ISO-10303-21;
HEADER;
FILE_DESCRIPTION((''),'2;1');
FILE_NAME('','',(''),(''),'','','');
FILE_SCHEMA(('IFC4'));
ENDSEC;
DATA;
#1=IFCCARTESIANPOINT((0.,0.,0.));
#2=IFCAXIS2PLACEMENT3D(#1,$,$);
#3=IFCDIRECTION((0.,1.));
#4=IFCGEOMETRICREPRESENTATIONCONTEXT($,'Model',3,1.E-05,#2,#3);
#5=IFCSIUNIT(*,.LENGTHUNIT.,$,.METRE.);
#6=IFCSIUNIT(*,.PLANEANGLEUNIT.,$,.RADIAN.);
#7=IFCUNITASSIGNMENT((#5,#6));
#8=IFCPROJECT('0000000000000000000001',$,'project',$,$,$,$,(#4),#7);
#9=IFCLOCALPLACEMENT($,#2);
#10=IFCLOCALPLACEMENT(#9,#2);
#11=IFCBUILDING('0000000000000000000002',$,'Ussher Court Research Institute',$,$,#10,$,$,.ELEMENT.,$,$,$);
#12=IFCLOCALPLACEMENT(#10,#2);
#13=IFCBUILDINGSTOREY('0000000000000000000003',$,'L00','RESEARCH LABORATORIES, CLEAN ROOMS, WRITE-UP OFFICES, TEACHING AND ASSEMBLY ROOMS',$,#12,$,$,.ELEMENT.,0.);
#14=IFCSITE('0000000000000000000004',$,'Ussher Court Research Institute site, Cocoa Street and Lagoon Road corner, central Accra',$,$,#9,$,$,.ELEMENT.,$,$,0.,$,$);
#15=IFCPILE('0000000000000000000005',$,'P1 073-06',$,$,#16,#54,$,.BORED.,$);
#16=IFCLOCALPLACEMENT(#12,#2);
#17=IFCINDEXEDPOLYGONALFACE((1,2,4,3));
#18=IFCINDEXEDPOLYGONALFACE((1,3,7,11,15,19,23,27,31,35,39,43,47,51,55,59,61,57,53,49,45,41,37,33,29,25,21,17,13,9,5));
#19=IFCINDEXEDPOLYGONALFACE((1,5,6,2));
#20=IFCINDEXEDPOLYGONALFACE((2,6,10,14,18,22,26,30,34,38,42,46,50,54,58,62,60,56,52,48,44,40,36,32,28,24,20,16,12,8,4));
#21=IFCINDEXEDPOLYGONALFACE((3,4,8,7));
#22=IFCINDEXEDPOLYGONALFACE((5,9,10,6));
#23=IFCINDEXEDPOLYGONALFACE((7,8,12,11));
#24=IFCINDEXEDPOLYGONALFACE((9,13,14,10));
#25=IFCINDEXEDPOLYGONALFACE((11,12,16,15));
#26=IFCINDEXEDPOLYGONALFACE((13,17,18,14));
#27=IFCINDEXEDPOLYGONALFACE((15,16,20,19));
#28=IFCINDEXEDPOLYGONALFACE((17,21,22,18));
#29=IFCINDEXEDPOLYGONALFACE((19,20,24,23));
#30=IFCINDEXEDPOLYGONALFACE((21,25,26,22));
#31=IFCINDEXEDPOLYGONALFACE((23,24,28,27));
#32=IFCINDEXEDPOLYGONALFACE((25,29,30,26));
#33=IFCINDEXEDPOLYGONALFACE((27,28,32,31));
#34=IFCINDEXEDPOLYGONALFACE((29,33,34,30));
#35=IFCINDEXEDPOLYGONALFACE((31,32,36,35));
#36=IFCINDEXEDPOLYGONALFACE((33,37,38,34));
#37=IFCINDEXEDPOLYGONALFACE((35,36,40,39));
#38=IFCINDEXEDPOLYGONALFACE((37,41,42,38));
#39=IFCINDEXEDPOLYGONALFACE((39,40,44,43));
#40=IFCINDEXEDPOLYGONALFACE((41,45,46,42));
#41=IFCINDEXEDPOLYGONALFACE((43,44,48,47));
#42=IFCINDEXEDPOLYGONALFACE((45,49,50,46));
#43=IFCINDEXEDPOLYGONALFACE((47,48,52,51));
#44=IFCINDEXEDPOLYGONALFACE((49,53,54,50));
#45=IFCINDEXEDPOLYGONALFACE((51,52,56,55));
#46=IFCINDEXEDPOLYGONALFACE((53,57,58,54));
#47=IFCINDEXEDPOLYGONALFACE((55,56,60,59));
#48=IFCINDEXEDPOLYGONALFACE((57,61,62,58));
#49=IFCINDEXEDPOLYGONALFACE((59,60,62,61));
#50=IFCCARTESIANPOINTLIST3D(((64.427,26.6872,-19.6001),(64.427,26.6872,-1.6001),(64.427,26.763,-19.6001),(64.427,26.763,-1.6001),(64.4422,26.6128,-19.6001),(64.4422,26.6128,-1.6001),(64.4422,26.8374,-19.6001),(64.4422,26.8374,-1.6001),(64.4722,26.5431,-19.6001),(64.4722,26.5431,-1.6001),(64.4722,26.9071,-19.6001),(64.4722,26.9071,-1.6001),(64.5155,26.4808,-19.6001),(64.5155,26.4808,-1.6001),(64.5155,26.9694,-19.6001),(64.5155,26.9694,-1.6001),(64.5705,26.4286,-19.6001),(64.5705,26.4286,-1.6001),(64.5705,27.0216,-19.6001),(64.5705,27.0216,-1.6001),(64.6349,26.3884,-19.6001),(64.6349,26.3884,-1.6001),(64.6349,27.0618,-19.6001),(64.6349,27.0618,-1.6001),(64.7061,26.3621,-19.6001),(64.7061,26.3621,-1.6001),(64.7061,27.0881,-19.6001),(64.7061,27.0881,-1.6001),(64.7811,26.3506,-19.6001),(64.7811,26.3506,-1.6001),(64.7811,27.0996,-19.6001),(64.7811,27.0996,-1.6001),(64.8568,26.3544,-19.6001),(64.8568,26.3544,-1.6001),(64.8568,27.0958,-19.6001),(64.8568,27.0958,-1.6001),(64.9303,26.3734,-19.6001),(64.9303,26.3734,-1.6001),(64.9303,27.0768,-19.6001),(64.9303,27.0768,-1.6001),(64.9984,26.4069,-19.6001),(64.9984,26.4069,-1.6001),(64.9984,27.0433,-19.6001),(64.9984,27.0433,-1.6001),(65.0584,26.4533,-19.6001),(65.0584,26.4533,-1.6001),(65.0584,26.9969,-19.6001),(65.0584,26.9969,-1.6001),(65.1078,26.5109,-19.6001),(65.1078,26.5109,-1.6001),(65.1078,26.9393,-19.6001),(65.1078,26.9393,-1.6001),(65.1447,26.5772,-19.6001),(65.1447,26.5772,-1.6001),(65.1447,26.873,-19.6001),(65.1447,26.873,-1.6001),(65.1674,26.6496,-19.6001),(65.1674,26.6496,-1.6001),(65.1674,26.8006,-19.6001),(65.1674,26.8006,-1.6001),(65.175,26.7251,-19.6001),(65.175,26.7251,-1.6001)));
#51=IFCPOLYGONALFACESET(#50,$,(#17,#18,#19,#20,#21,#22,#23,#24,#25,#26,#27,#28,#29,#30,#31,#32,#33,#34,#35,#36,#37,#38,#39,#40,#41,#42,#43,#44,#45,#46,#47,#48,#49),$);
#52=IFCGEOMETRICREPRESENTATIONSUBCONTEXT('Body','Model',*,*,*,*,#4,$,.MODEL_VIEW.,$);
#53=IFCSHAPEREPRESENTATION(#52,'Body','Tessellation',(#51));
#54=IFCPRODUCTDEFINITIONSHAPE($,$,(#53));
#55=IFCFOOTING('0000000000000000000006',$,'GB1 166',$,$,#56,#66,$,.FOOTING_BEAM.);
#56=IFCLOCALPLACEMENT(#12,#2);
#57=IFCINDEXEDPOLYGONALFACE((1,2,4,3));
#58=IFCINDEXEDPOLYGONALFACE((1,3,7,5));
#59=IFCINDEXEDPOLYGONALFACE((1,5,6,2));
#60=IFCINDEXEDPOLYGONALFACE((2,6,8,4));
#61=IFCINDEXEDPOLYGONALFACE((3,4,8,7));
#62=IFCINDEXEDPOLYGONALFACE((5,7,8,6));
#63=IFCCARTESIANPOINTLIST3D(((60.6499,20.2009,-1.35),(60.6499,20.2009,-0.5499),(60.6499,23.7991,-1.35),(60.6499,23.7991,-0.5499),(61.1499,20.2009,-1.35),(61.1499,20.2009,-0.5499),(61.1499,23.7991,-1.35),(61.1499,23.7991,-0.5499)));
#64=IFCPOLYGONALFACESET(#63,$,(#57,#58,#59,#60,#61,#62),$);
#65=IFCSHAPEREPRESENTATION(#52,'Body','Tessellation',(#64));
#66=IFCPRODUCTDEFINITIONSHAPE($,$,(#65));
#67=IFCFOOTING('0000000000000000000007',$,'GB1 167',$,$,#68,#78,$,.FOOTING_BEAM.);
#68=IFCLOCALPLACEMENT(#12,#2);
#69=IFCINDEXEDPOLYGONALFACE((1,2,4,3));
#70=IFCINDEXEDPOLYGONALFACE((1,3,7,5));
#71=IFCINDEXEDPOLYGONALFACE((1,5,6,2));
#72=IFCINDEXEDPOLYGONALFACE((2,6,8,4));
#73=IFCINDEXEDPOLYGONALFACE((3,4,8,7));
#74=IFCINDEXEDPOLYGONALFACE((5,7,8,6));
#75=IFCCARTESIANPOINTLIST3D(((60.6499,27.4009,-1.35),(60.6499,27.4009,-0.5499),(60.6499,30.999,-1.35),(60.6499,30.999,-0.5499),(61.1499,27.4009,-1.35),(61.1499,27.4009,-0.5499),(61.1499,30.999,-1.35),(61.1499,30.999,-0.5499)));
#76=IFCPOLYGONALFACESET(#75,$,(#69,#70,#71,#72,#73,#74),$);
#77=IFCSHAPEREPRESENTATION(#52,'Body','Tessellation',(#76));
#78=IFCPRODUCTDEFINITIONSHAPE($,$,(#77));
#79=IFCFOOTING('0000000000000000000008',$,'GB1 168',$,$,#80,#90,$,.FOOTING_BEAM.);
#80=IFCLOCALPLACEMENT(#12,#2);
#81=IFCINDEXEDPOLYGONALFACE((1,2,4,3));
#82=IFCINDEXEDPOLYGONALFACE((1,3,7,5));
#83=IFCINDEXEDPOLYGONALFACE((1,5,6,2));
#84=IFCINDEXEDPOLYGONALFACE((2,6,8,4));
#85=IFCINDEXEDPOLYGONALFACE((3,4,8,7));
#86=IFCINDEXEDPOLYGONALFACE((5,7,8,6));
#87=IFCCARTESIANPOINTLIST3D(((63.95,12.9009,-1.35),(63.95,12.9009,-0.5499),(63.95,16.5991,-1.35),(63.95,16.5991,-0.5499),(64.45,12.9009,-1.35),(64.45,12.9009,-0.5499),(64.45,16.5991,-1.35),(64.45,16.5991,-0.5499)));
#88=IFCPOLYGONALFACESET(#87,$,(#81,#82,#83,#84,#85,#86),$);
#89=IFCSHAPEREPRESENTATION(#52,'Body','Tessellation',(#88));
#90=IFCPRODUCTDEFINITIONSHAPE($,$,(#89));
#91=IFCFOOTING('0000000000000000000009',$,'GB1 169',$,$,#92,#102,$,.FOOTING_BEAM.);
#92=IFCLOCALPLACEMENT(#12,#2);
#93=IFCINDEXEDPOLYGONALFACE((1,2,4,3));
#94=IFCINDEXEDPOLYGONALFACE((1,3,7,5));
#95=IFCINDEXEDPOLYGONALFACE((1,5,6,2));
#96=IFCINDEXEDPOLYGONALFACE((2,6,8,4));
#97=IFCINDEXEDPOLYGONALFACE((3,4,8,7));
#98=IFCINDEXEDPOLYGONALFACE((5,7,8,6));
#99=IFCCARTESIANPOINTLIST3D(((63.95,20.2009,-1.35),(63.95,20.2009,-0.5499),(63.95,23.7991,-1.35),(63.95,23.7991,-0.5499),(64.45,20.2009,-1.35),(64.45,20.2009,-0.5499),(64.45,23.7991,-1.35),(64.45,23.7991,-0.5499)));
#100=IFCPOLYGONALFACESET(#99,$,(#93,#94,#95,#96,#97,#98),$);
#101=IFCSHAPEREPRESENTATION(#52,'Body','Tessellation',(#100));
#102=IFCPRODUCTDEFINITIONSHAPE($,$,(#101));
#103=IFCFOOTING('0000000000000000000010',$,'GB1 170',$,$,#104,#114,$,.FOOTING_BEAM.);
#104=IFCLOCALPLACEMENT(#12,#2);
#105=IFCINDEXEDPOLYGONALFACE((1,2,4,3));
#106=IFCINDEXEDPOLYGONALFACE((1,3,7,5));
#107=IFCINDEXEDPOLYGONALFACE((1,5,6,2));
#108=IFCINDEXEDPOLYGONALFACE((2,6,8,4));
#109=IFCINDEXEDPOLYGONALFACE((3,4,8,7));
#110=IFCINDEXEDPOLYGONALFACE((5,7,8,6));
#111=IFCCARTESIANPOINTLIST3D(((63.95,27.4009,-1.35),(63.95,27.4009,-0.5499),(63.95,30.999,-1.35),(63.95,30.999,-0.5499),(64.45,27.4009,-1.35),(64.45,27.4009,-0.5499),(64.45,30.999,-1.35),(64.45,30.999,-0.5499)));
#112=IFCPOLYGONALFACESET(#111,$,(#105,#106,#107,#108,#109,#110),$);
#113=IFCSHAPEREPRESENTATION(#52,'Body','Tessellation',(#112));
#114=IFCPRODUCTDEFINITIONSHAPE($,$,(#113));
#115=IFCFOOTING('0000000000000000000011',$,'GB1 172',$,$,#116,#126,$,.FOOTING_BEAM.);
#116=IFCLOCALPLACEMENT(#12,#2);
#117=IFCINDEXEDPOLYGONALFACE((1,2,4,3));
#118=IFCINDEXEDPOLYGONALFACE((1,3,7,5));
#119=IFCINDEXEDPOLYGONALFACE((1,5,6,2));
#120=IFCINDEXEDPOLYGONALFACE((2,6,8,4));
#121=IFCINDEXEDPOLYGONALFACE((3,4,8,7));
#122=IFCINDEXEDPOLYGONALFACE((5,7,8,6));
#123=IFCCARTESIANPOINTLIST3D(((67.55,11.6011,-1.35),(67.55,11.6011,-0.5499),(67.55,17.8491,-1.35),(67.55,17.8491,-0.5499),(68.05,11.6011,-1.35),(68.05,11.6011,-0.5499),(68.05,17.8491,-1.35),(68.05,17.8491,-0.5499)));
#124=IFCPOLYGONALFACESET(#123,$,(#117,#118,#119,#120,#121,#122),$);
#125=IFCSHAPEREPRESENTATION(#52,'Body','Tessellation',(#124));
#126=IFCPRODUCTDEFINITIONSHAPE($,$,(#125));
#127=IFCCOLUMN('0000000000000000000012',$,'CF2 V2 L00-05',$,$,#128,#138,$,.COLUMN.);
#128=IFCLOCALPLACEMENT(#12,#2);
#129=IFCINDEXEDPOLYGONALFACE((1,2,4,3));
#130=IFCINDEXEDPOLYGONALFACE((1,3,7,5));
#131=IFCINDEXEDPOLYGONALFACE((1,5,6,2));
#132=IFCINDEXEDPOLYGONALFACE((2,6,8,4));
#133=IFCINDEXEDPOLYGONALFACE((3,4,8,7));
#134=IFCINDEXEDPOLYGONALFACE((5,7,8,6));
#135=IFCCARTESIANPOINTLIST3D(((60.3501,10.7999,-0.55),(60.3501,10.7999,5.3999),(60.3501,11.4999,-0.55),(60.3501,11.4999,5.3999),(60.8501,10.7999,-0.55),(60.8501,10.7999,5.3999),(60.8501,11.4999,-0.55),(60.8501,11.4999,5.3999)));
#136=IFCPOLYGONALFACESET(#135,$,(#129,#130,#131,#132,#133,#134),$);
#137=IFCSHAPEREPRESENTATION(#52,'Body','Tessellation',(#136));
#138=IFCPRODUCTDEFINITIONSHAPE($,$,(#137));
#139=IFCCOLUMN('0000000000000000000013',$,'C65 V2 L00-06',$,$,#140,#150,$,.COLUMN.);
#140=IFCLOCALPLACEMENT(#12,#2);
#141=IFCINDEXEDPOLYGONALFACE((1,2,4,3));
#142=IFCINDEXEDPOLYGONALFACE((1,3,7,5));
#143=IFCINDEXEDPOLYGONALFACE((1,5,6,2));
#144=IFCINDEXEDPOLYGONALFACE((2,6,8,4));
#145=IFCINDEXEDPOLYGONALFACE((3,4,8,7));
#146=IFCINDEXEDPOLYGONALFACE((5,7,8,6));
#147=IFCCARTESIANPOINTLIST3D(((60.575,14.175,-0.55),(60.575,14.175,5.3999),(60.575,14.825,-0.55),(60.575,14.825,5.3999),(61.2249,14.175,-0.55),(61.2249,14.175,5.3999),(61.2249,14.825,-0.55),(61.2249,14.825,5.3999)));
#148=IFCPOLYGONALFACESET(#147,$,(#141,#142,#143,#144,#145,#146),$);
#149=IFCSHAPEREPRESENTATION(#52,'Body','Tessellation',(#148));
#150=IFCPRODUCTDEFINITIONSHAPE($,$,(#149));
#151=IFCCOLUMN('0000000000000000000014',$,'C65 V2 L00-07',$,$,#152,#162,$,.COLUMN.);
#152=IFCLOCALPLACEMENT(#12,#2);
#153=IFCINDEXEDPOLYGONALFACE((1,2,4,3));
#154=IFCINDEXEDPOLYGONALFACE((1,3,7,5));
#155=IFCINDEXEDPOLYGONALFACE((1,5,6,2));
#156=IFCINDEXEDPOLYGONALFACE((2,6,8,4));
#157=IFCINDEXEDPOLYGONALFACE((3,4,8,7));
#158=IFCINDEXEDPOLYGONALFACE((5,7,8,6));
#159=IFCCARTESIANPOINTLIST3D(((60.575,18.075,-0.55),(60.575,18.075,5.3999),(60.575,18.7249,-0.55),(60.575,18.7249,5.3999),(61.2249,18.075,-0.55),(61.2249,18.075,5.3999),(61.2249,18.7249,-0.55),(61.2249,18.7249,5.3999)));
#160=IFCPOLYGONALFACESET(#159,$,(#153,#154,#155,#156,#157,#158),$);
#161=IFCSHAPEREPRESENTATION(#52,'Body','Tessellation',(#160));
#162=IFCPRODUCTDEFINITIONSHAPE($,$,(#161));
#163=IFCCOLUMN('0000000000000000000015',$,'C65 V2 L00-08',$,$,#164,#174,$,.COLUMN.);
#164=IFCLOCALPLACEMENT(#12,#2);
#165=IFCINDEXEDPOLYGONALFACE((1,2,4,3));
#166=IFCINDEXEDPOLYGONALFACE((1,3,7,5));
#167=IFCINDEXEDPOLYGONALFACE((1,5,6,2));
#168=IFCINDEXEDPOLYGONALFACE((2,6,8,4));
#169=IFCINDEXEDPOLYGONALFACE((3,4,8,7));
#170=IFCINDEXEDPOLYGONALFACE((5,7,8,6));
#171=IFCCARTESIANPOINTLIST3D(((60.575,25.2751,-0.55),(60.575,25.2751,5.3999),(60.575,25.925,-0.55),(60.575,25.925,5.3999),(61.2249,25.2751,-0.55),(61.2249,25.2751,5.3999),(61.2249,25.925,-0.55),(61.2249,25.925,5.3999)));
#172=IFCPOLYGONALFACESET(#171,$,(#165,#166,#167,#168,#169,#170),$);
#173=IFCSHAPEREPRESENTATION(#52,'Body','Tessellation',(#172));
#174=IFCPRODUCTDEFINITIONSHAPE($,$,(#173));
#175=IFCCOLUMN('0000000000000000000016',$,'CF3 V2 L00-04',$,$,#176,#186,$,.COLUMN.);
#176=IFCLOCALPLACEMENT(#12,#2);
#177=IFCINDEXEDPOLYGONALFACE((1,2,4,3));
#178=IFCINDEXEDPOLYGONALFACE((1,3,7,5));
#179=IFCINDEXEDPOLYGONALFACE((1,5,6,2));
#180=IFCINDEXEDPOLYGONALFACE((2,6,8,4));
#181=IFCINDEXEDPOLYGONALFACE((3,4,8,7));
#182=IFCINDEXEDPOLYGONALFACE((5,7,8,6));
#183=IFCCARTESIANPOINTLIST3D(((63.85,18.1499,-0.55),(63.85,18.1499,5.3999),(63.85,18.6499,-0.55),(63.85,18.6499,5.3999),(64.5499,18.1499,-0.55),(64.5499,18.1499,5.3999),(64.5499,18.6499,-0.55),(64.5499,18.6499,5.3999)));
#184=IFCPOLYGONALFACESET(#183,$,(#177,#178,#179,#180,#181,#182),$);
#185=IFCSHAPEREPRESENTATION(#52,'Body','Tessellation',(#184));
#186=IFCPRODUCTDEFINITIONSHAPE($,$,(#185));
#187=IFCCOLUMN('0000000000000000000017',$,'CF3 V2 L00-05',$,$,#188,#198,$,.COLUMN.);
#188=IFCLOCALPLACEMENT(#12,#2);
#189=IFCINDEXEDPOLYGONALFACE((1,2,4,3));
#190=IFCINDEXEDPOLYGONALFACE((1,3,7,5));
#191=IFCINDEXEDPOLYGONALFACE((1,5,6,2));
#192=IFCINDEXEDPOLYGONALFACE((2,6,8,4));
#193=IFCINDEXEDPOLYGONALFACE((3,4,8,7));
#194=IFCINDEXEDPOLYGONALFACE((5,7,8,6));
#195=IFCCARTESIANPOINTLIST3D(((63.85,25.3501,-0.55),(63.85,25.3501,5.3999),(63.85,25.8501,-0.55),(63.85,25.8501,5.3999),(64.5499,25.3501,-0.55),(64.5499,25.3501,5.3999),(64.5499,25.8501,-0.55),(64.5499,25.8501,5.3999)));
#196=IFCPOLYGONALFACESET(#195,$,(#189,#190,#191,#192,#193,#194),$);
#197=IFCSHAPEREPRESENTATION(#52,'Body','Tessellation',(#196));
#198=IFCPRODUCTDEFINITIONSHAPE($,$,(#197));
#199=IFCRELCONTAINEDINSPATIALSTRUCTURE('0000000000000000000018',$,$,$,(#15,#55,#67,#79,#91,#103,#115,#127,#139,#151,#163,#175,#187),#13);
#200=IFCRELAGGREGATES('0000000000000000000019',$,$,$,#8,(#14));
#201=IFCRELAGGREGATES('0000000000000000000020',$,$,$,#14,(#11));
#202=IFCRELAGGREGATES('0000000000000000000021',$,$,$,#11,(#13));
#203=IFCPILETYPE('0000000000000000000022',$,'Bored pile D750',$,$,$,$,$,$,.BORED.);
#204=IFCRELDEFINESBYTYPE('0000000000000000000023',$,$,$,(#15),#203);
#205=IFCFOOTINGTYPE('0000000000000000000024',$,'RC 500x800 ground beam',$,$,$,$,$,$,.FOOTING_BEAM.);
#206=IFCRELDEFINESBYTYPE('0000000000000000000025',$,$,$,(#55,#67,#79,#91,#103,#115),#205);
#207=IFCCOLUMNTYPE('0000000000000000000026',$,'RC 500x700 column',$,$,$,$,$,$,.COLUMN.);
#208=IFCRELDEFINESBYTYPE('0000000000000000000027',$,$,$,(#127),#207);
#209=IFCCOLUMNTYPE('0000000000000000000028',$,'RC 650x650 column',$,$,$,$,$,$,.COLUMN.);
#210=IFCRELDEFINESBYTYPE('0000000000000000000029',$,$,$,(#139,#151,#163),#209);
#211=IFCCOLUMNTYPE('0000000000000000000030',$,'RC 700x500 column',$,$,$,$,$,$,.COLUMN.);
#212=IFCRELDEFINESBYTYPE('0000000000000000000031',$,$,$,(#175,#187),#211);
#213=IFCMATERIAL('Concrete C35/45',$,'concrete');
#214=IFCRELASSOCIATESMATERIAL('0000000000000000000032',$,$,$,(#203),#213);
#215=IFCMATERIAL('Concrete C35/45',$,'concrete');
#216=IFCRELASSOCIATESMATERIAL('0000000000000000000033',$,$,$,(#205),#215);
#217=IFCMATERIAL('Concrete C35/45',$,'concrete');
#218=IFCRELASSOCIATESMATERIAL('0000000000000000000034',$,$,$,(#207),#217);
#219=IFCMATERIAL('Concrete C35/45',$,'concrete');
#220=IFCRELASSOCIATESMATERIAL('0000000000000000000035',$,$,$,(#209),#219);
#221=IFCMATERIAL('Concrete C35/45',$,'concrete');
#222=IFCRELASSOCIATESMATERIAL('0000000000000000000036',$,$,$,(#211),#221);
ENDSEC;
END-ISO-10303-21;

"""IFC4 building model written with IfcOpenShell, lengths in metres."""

from ifc_helpers import new_model, si_unit, direction, frame, origin, origin_2d, place, context, subcontext, project, spatial, rectangle, circle, extrude, material, material_profile, profile_set, type_object, element, save


model = new_model("IFC4")

# Units and contexts
model_context = context("Model", 3, precision=1e-05, world=origin(), true_north=direction((0.0, 1.0)))
body_context = subcontext(model_context, "Body", "Model", "MODEL_VIEW")
ifc_project = project(units=[si_unit("LENGTHUNIT", "METRE"), si_unit("PLANEANGLEUNIT", "RADIAN")], contexts=[model_context])

# Site, building, storey
site_placement = place(None, origin())
site = spatial("IfcSite", under=ifc_project, at=site_placement, Name="Ussher Court Research Institute site, Cocoa Street and Lagoon Road corner, central Accra", CompositionType="ELEMENT", RefElevation=0.0)
building_placement = place(site_placement, origin())
building = spatial("IfcBuilding", under=site, at=building_placement, Name="Ussher Court Research Institute", CompositionType="ELEMENT")
storey_placement = place(building_placement, origin())
storey = spatial("IfcBuildingStorey", under=building, at=storey_placement, Name="L00", Description="RESEARCH LABORATORIES, CLEAN ROOMS, WRITE-UP OFFICES, TEACHING AND ASSEMBLY ROOMS", CompositionType="ELEMENT", Elevation=0.0)

# Pile
ifc_material_1 = material(Name="Concrete C35/45", Category="concrete")
ifc_material_profile_1 = material_profile(ifc_material_1, circle(Radius=0.375, at=origin_2d()), Name="RC D750")
ifc_profile_set_1 = profile_set([ifc_material_profile_1], Name="Concrete C35/45")
pile_type = type_object("IfcPileType", Name="Bored pile D750", PredefinedType="BORED", material=ifc_profile_set_1)
for number, where, z_axis, x_axis, name in (
    (1, (64.8, 26.7251, -1.6001), (0.0, 0.0, -1.0), (1.0, 0.0, 0.0), "P1 073-06"),
):
    element("IfcPile", number, at=place(storey_placement, frame(where, z_axis=z_axis, x_axis=x_axis)), inside=storey, type_object=pile_type, Name=name, PredefinedType="BORED", context=body_context, shape_type="SweptSolid", body=[
        extrude(circle(Radius=0.375, at=origin_2d()), origin(), (0.0, 0.0, 1.0), 18.0),
    ])

# Footings
ifc_material_2 = material(Name="Concrete C35/45", Category="concrete")
ifc_material_profile_2 = material_profile(ifc_material_2, rectangle(XDim=0.5, YDim=0.8, at=origin_2d()), Name="RC 500x800")
ifc_profile_set_2 = profile_set([ifc_material_profile_2], Name="Concrete C35/45")
footing_type = type_object("IfcFootingType", Name="RC 500x800 ground beam", PredefinedType="FOOTING_BEAM", material=ifc_profile_set_2)
for number, where, z_axis, x_axis, name in (
    (2, (60.8999, 20.2009, -0.95), (0.0, 1.0, 0.0), (-1.0, 0.0, 0.0), "GB1 166"),
    (3, (60.8999, 27.4009, -0.95), (0.0, 1.0, 0.0), (-1.0, 0.0, 0.0), "GB1 167"),
):
    element("IfcFooting", number, at=place(storey_placement, frame(where, z_axis=z_axis, x_axis=x_axis)), inside=storey, type_object=footing_type, Name=name, PredefinedType="FOOTING_BEAM", context=body_context, shape_type="SweptSolid", body=[
        extrude(rectangle(XDim=0.5, YDim=0.8, at=origin_2d()), origin(), (0.0, 0.0, 1.0), 3.5981),
    ])
footing_1_placement = place(storey_placement, frame((64.2, 12.9009, -0.95), z_axis=(0.0, 1.0, 0.0), x_axis=(-1.0, 0.0, 0.0)))
element("IfcFooting", 4, at=footing_1_placement, inside=storey, type_object=footing_type, Name="GB1 168", PredefinedType="FOOTING_BEAM", context=body_context, shape_type="SweptSolid", body=[
    extrude(rectangle(XDim=0.5, YDim=0.8, at=origin_2d()), origin(), (0.0, 0.0, 1.0), 3.6982),
])
for number, where, z_axis, x_axis, name in (
    (5, (64.2, 20.2009, -0.95), (0.0, 1.0, 0.0), (-1.0, 0.0, 0.0), "GB1 169"),
    (6, (64.2, 27.4009, -0.95), (0.0, 1.0, 0.0), (-1.0, 0.0, 0.0), "GB1 170"),
):
    element("IfcFooting", number, at=place(storey_placement, frame(where, z_axis=z_axis, x_axis=x_axis)), inside=storey, type_object=footing_type, Name=name, PredefinedType="FOOTING_BEAM", context=body_context, shape_type="SweptSolid", body=[
        extrude(rectangle(XDim=0.5, YDim=0.8, at=origin_2d()), origin(), (0.0, 0.0, 1.0), 3.5981),
    ])
footing_2_placement = place(storey_placement, frame((67.8, 11.6011, -0.95), z_axis=(0.0, 1.0, 0.0), x_axis=(-1.0, 0.0, 0.0)))
element("IfcFooting", 7, at=footing_2_placement, inside=storey, type_object=footing_type, Name="GB1 172", PredefinedType="FOOTING_BEAM", context=body_context, shape_type="SweptSolid", body=[
    extrude(rectangle(XDim=0.5, YDim=0.8, at=origin_2d()), origin(), (0.0, 0.0, 1.0), 6.248),
])

# Columns
ifc_material_3 = material(Name="Concrete C35/45", Category="concrete")
ifc_material_profile_3 = material_profile(ifc_material_3, rectangle(XDim=0.5, YDim=0.7, at=origin_2d()), Name="RC 500x700")
ifc_profile_set_3 = profile_set([ifc_material_profile_3], Name="Concrete C35/45")
column_type_1 = type_object("IfcColumnType", Name="RC 500x700 column", PredefinedType="COLUMN", material=ifc_profile_set_3)
column_placement = place(storey_placement, frame((60.6001, 11.1499, -0.55), z_axis=(0.0, 0.0, 1.0), x_axis=(1.0, 0.0, 0.0)))
element("IfcColumn", 8, at=column_placement, inside=storey, type_object=column_type_1, Name="CF2 V2 L00-05", PredefinedType="COLUMN", context=body_context, shape_type="SweptSolid", body=[
    extrude(rectangle(XDim=0.5, YDim=0.7, at=origin_2d()), origin(), (0.0, 0.0, 1.0), 5.95),
])
ifc_material_4 = material(Name="Concrete C35/45", Category="concrete")
ifc_material_profile_4 = material_profile(ifc_material_4, rectangle(XDim=0.6499, YDim=0.6499, at=origin_2d()), Name="RC 650x650")
ifc_profile_set_4 = profile_set([ifc_material_profile_4], Name="Concrete C35/45")
column_type_2 = type_object("IfcColumnType", Name="RC 650x650 column", PredefinedType="COLUMN", material=ifc_profile_set_4)
for number, where, z_axis, x_axis, name in (
    (9, (60.8999, 14.5, -0.55), (0.0, 0.0, 1.0), (1.0, 0.0, 0.0), "C65 V2 L00-06"),
    (10, (60.8999, 18.3999, -0.55), (0.0, 0.0, 1.0), (1.0, 0.0, 0.0), "C65 V2 L00-07"),
    (11, (60.8999, 25.6001, -0.55), (0.0, 0.0, 1.0), (1.0, 0.0, 0.0), "C65 V2 L00-08"),
):
    element("IfcColumn", number, at=place(storey_placement, frame(where, z_axis=z_axis, x_axis=x_axis)), inside=storey, type_object=column_type_2, Name=name, PredefinedType="COLUMN", context=body_context, shape_type="SweptSolid", body=[
        extrude(rectangle(XDim=0.6499, YDim=0.6499, at=origin_2d()), origin(), (0.0, 0.0, 1.0), 5.95),
    ])
ifc_material_5 = material(Name="Concrete C35/45", Category="concrete")
ifc_material_profile_5 = material_profile(ifc_material_5, rectangle(XDim=0.7, YDim=0.5, at=origin_2d()), Name="RC 700x500")
ifc_profile_set_5 = profile_set([ifc_material_profile_5], Name="Concrete C35/45")
column_type_3 = type_object("IfcColumnType", Name="RC 700x500 column", PredefinedType="COLUMN", material=ifc_profile_set_5)
for number, where, z_axis, x_axis, name in (
    (12, (64.2, 18.3999, -0.55), (0.0, 0.0, 1.0), (1.0, 0.0, 0.0), "CF3 V2 L00-04"),
    (13, (64.2, 25.6001, -0.55), (0.0, 0.0, 1.0), (1.0, 0.0, 0.0), "CF3 V2 L00-05"),
):
    element("IfcColumn", number, at=place(storey_placement, frame(where, z_axis=z_axis, x_axis=x_axis)), inside=storey, type_object=column_type_3, Name=name, PredefinedType="COLUMN", context=body_context, shape_type="SweptSolid", body=[
        extrude(rectangle(XDim=0.7, YDim=0.5, at=origin_2d()), origin(), (0.0, 0.0, 1.0), 5.95),
    ])

save(model, "model.ifc")
